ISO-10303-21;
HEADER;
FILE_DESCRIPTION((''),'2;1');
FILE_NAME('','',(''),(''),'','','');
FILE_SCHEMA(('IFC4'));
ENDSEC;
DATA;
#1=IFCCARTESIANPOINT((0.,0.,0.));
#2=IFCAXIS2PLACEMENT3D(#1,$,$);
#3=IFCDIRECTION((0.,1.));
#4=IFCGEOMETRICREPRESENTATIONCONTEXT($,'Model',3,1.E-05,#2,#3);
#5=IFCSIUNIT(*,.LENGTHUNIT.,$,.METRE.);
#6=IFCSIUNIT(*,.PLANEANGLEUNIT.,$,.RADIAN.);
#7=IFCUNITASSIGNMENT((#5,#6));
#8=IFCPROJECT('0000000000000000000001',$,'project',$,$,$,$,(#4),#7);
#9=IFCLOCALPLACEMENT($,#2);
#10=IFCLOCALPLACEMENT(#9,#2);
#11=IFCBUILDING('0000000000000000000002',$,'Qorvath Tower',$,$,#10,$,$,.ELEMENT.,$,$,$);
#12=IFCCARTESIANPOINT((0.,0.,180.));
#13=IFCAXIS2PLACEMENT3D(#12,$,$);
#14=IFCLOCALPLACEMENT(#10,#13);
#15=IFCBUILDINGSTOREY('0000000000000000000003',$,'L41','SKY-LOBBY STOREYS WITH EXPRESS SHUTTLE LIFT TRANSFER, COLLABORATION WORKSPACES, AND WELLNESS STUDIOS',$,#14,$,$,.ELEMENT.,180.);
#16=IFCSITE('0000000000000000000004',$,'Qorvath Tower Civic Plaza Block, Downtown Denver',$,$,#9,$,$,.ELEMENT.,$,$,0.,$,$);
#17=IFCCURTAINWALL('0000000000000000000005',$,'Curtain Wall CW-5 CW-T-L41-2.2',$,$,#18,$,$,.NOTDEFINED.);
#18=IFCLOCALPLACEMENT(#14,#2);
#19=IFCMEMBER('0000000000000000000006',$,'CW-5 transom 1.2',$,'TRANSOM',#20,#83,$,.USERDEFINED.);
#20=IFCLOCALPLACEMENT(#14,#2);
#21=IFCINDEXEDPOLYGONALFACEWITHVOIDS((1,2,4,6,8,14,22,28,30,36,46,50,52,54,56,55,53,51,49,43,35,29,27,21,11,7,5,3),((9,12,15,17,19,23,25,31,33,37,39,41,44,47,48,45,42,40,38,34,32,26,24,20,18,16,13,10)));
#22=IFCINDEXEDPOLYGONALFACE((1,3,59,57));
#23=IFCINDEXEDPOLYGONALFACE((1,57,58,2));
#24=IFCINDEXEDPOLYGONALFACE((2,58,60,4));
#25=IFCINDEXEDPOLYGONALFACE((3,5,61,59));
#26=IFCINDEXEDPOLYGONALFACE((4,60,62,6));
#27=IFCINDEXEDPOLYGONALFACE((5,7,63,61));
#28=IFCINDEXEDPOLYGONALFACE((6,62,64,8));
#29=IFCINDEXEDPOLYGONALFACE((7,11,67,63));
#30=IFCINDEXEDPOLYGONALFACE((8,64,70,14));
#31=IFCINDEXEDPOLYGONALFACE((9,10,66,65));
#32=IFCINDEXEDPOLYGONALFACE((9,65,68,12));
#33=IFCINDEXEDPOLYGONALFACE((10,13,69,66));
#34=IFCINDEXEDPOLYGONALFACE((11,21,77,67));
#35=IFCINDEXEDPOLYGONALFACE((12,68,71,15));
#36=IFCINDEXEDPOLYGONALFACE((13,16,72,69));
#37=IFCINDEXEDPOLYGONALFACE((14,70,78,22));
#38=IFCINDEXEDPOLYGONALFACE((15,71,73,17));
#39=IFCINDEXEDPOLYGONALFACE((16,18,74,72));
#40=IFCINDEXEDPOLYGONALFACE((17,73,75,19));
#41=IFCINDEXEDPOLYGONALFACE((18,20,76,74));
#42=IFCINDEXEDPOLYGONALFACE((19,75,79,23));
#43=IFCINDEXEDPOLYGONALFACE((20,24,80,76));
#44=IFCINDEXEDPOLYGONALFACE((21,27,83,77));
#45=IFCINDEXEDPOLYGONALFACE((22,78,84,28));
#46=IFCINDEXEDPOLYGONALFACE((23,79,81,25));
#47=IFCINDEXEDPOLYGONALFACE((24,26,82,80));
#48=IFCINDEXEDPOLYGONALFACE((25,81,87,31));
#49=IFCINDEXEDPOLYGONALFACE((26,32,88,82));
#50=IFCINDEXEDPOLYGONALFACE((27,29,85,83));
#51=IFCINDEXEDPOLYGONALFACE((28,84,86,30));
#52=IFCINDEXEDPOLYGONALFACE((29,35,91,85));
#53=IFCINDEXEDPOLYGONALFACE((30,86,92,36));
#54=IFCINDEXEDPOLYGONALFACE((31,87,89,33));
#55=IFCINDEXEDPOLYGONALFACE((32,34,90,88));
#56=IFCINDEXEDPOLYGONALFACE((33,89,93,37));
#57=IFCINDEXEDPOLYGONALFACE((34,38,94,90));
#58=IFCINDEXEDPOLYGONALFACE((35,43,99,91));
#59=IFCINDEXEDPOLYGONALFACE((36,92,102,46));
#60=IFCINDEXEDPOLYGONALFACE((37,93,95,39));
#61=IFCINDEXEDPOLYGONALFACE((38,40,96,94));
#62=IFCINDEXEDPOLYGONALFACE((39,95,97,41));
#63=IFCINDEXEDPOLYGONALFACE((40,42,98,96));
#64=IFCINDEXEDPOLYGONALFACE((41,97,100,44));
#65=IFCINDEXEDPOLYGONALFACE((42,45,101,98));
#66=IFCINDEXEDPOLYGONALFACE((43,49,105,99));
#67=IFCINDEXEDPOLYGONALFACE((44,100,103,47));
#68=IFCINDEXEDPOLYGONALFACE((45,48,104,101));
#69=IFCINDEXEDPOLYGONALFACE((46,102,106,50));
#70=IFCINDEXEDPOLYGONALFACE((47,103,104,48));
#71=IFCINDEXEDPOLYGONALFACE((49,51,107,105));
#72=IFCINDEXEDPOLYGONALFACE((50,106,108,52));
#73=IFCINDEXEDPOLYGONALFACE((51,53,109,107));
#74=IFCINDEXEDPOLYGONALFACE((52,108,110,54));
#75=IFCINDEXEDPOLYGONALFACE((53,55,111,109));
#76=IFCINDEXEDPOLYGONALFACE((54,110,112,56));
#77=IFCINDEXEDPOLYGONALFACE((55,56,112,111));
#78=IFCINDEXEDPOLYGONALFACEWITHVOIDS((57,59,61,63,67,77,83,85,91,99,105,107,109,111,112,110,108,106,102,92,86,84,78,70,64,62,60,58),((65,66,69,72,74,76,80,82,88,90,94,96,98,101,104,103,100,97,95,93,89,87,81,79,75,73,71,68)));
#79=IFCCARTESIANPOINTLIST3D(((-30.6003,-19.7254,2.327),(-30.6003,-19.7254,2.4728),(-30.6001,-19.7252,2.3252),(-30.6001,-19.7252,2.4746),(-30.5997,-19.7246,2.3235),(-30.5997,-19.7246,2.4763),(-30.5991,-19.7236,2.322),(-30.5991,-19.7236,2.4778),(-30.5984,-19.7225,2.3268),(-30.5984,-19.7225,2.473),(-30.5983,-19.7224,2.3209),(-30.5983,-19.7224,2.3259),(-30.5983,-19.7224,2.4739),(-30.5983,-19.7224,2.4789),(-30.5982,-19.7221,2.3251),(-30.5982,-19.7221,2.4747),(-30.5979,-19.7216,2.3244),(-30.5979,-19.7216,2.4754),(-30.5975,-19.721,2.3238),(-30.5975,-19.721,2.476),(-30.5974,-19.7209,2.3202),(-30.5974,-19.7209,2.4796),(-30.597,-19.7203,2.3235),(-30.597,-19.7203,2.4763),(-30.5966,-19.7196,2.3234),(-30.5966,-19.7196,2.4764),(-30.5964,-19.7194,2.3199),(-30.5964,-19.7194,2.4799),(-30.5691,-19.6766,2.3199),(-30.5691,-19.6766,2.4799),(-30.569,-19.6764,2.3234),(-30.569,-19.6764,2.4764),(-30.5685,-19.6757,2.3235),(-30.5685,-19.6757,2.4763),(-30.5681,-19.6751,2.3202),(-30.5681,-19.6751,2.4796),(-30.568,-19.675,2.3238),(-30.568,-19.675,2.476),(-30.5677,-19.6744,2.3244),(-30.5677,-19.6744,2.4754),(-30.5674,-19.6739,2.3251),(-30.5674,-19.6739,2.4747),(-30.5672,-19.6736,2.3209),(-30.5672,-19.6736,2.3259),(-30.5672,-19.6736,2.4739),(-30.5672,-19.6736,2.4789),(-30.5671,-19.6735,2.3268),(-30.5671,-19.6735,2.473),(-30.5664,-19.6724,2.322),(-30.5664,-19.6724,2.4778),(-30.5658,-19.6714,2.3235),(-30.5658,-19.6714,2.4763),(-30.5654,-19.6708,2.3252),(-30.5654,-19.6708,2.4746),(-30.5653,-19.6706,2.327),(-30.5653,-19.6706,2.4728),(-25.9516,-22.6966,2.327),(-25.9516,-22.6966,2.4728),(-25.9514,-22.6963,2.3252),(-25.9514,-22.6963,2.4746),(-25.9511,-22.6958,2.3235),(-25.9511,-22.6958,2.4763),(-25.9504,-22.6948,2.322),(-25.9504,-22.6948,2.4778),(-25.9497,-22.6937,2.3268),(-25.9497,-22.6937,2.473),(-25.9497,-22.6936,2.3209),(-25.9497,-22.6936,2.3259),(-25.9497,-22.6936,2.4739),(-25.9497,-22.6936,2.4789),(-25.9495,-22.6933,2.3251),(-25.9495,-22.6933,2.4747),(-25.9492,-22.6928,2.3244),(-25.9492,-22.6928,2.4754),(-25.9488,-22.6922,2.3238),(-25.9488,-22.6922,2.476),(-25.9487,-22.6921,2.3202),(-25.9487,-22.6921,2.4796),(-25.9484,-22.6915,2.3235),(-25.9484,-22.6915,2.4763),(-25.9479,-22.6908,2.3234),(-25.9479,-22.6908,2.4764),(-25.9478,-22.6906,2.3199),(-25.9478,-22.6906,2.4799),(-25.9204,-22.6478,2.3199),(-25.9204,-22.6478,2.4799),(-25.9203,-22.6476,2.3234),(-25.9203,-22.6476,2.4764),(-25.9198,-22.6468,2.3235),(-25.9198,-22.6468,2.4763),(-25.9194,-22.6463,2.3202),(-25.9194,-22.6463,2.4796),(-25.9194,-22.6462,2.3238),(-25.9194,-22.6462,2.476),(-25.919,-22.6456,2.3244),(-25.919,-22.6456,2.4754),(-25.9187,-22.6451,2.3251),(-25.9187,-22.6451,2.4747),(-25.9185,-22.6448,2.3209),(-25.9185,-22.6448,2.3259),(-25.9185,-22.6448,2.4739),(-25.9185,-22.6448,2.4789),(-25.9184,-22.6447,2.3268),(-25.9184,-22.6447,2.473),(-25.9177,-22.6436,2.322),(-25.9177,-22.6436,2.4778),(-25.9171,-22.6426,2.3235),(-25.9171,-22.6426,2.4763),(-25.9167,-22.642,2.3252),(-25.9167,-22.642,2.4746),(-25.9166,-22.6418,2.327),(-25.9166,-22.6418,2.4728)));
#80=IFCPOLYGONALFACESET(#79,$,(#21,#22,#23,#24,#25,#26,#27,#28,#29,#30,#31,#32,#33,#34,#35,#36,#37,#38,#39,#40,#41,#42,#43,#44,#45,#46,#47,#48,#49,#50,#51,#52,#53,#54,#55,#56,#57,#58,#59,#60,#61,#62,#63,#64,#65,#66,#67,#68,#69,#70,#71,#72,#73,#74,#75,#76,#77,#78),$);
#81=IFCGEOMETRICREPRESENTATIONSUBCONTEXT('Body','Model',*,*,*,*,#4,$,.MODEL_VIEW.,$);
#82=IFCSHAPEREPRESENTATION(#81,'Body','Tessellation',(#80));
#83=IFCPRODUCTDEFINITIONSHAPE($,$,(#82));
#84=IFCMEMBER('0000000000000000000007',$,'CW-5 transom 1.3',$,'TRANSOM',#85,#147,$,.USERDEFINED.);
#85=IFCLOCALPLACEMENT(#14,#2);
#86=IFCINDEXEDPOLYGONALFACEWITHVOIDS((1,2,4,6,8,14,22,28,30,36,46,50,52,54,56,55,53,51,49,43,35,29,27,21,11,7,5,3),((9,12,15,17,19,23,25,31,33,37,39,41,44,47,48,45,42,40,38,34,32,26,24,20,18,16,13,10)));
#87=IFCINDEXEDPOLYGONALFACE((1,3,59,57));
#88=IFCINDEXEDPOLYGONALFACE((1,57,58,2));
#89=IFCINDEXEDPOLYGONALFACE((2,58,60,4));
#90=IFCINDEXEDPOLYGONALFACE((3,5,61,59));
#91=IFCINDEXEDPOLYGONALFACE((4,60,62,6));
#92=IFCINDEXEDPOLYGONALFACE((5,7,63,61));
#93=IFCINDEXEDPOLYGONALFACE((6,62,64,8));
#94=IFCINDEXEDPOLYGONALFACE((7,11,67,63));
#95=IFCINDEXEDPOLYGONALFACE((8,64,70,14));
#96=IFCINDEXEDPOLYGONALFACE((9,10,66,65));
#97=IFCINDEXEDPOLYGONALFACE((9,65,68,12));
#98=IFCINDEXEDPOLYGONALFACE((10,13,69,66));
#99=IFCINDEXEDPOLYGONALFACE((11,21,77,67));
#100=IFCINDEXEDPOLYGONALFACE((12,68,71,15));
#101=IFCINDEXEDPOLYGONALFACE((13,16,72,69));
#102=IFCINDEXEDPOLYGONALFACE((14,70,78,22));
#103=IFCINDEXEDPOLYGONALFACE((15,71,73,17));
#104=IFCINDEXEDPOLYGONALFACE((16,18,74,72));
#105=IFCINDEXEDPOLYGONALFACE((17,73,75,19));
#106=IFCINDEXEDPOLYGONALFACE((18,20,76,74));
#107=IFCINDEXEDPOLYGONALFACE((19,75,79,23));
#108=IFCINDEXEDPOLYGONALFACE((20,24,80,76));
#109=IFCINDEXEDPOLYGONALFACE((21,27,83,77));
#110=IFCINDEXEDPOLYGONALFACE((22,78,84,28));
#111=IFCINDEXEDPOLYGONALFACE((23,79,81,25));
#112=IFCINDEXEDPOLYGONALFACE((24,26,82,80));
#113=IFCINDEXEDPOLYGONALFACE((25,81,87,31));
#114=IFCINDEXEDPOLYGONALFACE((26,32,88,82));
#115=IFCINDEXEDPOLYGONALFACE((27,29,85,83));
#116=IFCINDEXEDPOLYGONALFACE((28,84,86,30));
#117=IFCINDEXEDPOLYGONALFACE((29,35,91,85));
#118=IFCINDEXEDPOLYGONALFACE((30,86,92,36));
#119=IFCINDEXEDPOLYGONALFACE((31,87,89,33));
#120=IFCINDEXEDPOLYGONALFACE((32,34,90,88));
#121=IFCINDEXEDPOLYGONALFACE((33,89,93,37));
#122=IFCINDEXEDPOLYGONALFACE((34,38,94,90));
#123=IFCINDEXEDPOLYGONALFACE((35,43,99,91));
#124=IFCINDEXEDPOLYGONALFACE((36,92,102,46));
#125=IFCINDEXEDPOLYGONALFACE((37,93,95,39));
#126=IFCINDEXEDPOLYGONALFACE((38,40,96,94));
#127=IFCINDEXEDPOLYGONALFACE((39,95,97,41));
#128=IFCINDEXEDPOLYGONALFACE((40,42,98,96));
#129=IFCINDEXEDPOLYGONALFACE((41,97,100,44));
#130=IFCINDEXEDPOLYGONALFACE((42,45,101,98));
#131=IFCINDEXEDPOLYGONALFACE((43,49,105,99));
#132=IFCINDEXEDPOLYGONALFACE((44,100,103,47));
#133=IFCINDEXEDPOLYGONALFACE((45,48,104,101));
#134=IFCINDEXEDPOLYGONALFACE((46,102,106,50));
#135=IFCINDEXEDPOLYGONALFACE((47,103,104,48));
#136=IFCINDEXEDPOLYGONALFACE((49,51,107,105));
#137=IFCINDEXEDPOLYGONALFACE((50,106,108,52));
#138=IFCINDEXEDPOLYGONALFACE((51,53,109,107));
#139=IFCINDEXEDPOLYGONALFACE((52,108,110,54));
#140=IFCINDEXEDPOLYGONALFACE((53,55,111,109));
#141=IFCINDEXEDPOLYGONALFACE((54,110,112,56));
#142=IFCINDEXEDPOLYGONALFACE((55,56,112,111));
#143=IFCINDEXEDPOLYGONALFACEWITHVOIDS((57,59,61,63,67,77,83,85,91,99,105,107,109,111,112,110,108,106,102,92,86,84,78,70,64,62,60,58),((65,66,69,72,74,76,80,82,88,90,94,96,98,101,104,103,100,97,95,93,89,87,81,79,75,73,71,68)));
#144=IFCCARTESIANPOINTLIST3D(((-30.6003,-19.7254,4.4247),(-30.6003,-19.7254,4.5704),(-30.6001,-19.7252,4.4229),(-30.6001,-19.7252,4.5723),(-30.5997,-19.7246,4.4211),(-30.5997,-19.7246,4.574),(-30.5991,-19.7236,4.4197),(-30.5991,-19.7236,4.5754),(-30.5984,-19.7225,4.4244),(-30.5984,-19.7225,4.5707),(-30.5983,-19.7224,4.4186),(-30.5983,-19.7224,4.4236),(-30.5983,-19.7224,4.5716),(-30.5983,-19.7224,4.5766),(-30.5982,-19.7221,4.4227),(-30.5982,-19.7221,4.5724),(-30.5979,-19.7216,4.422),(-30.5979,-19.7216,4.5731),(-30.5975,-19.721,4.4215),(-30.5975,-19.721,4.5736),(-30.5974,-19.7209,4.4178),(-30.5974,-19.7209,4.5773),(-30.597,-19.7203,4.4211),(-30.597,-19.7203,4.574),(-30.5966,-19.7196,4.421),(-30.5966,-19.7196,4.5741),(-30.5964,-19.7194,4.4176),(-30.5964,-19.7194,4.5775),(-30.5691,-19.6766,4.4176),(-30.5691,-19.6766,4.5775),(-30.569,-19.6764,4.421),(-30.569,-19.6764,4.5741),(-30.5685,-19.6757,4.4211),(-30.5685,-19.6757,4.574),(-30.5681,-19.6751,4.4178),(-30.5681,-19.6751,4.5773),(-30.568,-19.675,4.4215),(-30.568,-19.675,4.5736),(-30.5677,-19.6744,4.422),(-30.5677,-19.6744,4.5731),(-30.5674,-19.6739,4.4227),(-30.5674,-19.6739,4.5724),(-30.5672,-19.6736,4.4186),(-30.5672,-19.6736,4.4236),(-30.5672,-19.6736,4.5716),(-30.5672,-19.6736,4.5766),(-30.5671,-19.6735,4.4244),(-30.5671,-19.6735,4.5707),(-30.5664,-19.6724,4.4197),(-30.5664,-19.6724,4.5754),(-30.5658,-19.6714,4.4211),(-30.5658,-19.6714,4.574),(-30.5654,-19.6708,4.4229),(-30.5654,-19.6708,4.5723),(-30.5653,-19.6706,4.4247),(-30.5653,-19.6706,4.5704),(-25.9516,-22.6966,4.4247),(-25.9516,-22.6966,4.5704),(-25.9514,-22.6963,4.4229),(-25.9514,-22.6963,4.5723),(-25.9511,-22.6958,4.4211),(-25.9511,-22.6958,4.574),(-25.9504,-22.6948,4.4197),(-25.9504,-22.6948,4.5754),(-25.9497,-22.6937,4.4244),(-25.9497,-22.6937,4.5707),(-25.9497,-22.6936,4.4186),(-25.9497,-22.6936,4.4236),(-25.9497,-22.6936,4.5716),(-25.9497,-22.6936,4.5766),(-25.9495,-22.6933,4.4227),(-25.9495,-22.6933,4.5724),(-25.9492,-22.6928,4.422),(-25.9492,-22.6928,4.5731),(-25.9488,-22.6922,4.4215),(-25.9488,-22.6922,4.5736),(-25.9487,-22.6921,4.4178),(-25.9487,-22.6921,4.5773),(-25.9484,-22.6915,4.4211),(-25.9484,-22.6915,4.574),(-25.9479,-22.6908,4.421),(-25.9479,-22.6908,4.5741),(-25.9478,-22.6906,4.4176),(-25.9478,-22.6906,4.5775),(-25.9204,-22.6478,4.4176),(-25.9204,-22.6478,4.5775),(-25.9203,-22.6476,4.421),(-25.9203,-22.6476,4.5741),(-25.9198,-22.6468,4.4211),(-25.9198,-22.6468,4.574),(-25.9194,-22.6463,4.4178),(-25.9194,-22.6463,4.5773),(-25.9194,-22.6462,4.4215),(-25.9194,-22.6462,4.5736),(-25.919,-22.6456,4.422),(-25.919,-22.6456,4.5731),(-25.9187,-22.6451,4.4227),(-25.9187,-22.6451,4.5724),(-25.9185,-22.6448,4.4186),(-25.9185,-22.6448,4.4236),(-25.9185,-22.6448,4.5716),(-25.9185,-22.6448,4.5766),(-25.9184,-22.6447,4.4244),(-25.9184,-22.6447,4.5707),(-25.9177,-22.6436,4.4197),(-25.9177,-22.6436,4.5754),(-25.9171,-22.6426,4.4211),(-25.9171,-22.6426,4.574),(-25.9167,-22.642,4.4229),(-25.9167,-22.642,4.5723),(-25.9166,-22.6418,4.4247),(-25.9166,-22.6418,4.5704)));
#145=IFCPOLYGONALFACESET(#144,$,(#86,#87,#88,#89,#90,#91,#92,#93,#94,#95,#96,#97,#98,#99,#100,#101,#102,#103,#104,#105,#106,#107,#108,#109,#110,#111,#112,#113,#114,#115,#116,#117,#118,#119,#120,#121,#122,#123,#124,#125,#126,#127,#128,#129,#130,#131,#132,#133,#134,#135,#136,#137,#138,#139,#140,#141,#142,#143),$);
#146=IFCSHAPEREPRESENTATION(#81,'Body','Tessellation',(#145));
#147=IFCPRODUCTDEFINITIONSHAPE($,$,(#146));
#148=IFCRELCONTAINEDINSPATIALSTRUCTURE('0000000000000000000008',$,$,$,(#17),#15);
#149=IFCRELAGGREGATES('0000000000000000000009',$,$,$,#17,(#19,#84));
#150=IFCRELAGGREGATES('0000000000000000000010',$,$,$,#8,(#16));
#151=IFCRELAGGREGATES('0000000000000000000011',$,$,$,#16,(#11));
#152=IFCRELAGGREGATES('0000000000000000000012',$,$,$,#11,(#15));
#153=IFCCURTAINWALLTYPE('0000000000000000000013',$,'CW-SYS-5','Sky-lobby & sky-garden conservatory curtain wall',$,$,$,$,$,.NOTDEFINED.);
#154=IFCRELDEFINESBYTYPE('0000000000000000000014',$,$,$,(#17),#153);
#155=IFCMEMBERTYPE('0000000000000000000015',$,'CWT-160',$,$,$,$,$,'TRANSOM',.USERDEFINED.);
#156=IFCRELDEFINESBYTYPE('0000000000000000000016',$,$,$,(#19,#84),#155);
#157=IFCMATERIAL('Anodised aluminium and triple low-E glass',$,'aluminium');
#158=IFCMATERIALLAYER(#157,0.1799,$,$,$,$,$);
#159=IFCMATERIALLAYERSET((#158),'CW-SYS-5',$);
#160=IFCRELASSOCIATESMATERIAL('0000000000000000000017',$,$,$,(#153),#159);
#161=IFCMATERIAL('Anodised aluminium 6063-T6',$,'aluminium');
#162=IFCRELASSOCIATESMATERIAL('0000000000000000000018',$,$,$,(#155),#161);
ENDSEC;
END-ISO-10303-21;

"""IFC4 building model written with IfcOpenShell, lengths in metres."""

from ifc_helpers import new_model, si_unit, direction, frame, origin, origin_2d, place, context, subcontext, project, spatial, hollow_rectangle, extrude, material, layer, layer_set, material_profile, profile_set, type_object, element, aggregate, save


model = new_model("IFC4")

# Units and contexts
model_context = context("Model", 3, precision=1e-05, world=origin(), true_north=direction((0.0, 1.0)))
body_context = subcontext(model_context, "Body", "Model", "MODEL_VIEW")
ifc_project = project(units=[si_unit("LENGTHUNIT", "METRE"), si_unit("PLANEANGLEUNIT", "RADIAN")], contexts=[model_context])

# Site, building, storey
site_placement = place(None, origin())
site = spatial("IfcSite", under=ifc_project, at=site_placement, Name="Qorvath Tower Civic Plaza Block, Downtown Denver", CompositionType="ELEMENT", RefElevation=0.0)
building_placement = place(site_placement, origin())
building = spatial("IfcBuilding", under=site, at=building_placement, Name="Qorvath Tower", CompositionType="ELEMENT")
storey_placement = place(building_placement, frame((0.0, 0.0, 180.0)))
storey = spatial("IfcBuildingStorey", under=building, at=storey_placement, Name="L41", Description="SKY-LOBBY STOREYS WITH EXPRESS SHUTTLE LIFT TRANSFER, COLLABORATION WORKSPACES, AND WELLNESS STUDIOS", CompositionType="ELEMENT", Elevation=180.0)

# Curtain wall, members
ifc_material_1 = material(Name="Anodised aluminium and triple low-E glass", Category="aluminium")
ifc_layer_1 = layer(ifc_material_1, 0.1799)
ifc_layer_set_1 = layer_set([ifc_layer_1], Name="CW-SYS-5")
curtain_wall_type = type_object("IfcCurtainWallType", Name="CW-SYS-5", Description="Sky-lobby & sky-garden conservatory curtain wall", PredefinedType="NOTDEFINED", material=ifc_layer_set_1)
curtain_wall_placement = place(storey_placement, origin())
curtain_wall = element("IfcCurtainWall", 1, at=curtain_wall_placement, inside=storey, type_object=curtain_wall_type, Name="Curtain Wall CW-5 CW-T-L41-2.2", PredefinedType="NOTDEFINED")
ifc_material_2 = material(Name="Anodised aluminium 6063-T6", Category="aluminium")
ifc_material_profile_1 = material_profile(ifc_material_2, hollow_rectangle(XDim=0.0649, YDim=0.1599, WallThickness=0.0034, InnerFilletRadius=0.0034, OuterFilletRadius=0.0071, at=origin_2d()), Name="CWT 160x65")
ifc_profile_set_1 = profile_set([ifc_material_profile_1], Name="Anodised aluminium 6063-T6")
member_type_1 = type_object("IfcMemberType", Name="CWT-160", ElementType="TRANSOM", PredefinedType="USERDEFINED", material=ifc_profile_set_1)
member_1_placement = place(storey_placement, frame((-30.5828, -19.698, 2.3999), z_axis=(0.842598, -0.538544, 0.0), x_axis=(0.538544, 0.842598, 0.0)))
member_1 = element("IfcMember", 2, at=member_1_placement, type_object=member_type_1, Name="CW-5 transom 1.2", ObjectType="TRANSOM", PredefinedType="USERDEFINED", context=body_context, shape_type="SweptSolid", body=[
    extrude(hollow_rectangle(XDim=0.0649, YDim=0.1599, WallThickness=0.0034, InnerFilletRadius=0.0034, OuterFilletRadius=0.0071, at=origin_2d()), origin(), (0.0, 0.0, 1.0), 5.5171),
])
member_2_placement = place(storey_placement, frame((-30.5828, -19.698, 4.4976), z_axis=(0.842598, -0.538544, 0.0), x_axis=(0.538544, 0.842598, 0.0)))
member_2 = element("IfcMember", 3, at=member_2_placement, type_object=member_type_1, Name="CW-5 transom 1.3", ObjectType="TRANSOM", PredefinedType="USERDEFINED", context=body_context, shape_type="SweptSolid", body=[
    extrude(hollow_rectangle(XDim=0.0649, YDim=0.1599, WallThickness=0.0034, InnerFilletRadius=0.0034, OuterFilletRadius=0.0071, at=origin_2d()), origin(), (0.0, 0.0, 1.0), 5.5171),
])

aggregate(curtain_wall, [member_1, member_2])

save(model, "model.ifc")
